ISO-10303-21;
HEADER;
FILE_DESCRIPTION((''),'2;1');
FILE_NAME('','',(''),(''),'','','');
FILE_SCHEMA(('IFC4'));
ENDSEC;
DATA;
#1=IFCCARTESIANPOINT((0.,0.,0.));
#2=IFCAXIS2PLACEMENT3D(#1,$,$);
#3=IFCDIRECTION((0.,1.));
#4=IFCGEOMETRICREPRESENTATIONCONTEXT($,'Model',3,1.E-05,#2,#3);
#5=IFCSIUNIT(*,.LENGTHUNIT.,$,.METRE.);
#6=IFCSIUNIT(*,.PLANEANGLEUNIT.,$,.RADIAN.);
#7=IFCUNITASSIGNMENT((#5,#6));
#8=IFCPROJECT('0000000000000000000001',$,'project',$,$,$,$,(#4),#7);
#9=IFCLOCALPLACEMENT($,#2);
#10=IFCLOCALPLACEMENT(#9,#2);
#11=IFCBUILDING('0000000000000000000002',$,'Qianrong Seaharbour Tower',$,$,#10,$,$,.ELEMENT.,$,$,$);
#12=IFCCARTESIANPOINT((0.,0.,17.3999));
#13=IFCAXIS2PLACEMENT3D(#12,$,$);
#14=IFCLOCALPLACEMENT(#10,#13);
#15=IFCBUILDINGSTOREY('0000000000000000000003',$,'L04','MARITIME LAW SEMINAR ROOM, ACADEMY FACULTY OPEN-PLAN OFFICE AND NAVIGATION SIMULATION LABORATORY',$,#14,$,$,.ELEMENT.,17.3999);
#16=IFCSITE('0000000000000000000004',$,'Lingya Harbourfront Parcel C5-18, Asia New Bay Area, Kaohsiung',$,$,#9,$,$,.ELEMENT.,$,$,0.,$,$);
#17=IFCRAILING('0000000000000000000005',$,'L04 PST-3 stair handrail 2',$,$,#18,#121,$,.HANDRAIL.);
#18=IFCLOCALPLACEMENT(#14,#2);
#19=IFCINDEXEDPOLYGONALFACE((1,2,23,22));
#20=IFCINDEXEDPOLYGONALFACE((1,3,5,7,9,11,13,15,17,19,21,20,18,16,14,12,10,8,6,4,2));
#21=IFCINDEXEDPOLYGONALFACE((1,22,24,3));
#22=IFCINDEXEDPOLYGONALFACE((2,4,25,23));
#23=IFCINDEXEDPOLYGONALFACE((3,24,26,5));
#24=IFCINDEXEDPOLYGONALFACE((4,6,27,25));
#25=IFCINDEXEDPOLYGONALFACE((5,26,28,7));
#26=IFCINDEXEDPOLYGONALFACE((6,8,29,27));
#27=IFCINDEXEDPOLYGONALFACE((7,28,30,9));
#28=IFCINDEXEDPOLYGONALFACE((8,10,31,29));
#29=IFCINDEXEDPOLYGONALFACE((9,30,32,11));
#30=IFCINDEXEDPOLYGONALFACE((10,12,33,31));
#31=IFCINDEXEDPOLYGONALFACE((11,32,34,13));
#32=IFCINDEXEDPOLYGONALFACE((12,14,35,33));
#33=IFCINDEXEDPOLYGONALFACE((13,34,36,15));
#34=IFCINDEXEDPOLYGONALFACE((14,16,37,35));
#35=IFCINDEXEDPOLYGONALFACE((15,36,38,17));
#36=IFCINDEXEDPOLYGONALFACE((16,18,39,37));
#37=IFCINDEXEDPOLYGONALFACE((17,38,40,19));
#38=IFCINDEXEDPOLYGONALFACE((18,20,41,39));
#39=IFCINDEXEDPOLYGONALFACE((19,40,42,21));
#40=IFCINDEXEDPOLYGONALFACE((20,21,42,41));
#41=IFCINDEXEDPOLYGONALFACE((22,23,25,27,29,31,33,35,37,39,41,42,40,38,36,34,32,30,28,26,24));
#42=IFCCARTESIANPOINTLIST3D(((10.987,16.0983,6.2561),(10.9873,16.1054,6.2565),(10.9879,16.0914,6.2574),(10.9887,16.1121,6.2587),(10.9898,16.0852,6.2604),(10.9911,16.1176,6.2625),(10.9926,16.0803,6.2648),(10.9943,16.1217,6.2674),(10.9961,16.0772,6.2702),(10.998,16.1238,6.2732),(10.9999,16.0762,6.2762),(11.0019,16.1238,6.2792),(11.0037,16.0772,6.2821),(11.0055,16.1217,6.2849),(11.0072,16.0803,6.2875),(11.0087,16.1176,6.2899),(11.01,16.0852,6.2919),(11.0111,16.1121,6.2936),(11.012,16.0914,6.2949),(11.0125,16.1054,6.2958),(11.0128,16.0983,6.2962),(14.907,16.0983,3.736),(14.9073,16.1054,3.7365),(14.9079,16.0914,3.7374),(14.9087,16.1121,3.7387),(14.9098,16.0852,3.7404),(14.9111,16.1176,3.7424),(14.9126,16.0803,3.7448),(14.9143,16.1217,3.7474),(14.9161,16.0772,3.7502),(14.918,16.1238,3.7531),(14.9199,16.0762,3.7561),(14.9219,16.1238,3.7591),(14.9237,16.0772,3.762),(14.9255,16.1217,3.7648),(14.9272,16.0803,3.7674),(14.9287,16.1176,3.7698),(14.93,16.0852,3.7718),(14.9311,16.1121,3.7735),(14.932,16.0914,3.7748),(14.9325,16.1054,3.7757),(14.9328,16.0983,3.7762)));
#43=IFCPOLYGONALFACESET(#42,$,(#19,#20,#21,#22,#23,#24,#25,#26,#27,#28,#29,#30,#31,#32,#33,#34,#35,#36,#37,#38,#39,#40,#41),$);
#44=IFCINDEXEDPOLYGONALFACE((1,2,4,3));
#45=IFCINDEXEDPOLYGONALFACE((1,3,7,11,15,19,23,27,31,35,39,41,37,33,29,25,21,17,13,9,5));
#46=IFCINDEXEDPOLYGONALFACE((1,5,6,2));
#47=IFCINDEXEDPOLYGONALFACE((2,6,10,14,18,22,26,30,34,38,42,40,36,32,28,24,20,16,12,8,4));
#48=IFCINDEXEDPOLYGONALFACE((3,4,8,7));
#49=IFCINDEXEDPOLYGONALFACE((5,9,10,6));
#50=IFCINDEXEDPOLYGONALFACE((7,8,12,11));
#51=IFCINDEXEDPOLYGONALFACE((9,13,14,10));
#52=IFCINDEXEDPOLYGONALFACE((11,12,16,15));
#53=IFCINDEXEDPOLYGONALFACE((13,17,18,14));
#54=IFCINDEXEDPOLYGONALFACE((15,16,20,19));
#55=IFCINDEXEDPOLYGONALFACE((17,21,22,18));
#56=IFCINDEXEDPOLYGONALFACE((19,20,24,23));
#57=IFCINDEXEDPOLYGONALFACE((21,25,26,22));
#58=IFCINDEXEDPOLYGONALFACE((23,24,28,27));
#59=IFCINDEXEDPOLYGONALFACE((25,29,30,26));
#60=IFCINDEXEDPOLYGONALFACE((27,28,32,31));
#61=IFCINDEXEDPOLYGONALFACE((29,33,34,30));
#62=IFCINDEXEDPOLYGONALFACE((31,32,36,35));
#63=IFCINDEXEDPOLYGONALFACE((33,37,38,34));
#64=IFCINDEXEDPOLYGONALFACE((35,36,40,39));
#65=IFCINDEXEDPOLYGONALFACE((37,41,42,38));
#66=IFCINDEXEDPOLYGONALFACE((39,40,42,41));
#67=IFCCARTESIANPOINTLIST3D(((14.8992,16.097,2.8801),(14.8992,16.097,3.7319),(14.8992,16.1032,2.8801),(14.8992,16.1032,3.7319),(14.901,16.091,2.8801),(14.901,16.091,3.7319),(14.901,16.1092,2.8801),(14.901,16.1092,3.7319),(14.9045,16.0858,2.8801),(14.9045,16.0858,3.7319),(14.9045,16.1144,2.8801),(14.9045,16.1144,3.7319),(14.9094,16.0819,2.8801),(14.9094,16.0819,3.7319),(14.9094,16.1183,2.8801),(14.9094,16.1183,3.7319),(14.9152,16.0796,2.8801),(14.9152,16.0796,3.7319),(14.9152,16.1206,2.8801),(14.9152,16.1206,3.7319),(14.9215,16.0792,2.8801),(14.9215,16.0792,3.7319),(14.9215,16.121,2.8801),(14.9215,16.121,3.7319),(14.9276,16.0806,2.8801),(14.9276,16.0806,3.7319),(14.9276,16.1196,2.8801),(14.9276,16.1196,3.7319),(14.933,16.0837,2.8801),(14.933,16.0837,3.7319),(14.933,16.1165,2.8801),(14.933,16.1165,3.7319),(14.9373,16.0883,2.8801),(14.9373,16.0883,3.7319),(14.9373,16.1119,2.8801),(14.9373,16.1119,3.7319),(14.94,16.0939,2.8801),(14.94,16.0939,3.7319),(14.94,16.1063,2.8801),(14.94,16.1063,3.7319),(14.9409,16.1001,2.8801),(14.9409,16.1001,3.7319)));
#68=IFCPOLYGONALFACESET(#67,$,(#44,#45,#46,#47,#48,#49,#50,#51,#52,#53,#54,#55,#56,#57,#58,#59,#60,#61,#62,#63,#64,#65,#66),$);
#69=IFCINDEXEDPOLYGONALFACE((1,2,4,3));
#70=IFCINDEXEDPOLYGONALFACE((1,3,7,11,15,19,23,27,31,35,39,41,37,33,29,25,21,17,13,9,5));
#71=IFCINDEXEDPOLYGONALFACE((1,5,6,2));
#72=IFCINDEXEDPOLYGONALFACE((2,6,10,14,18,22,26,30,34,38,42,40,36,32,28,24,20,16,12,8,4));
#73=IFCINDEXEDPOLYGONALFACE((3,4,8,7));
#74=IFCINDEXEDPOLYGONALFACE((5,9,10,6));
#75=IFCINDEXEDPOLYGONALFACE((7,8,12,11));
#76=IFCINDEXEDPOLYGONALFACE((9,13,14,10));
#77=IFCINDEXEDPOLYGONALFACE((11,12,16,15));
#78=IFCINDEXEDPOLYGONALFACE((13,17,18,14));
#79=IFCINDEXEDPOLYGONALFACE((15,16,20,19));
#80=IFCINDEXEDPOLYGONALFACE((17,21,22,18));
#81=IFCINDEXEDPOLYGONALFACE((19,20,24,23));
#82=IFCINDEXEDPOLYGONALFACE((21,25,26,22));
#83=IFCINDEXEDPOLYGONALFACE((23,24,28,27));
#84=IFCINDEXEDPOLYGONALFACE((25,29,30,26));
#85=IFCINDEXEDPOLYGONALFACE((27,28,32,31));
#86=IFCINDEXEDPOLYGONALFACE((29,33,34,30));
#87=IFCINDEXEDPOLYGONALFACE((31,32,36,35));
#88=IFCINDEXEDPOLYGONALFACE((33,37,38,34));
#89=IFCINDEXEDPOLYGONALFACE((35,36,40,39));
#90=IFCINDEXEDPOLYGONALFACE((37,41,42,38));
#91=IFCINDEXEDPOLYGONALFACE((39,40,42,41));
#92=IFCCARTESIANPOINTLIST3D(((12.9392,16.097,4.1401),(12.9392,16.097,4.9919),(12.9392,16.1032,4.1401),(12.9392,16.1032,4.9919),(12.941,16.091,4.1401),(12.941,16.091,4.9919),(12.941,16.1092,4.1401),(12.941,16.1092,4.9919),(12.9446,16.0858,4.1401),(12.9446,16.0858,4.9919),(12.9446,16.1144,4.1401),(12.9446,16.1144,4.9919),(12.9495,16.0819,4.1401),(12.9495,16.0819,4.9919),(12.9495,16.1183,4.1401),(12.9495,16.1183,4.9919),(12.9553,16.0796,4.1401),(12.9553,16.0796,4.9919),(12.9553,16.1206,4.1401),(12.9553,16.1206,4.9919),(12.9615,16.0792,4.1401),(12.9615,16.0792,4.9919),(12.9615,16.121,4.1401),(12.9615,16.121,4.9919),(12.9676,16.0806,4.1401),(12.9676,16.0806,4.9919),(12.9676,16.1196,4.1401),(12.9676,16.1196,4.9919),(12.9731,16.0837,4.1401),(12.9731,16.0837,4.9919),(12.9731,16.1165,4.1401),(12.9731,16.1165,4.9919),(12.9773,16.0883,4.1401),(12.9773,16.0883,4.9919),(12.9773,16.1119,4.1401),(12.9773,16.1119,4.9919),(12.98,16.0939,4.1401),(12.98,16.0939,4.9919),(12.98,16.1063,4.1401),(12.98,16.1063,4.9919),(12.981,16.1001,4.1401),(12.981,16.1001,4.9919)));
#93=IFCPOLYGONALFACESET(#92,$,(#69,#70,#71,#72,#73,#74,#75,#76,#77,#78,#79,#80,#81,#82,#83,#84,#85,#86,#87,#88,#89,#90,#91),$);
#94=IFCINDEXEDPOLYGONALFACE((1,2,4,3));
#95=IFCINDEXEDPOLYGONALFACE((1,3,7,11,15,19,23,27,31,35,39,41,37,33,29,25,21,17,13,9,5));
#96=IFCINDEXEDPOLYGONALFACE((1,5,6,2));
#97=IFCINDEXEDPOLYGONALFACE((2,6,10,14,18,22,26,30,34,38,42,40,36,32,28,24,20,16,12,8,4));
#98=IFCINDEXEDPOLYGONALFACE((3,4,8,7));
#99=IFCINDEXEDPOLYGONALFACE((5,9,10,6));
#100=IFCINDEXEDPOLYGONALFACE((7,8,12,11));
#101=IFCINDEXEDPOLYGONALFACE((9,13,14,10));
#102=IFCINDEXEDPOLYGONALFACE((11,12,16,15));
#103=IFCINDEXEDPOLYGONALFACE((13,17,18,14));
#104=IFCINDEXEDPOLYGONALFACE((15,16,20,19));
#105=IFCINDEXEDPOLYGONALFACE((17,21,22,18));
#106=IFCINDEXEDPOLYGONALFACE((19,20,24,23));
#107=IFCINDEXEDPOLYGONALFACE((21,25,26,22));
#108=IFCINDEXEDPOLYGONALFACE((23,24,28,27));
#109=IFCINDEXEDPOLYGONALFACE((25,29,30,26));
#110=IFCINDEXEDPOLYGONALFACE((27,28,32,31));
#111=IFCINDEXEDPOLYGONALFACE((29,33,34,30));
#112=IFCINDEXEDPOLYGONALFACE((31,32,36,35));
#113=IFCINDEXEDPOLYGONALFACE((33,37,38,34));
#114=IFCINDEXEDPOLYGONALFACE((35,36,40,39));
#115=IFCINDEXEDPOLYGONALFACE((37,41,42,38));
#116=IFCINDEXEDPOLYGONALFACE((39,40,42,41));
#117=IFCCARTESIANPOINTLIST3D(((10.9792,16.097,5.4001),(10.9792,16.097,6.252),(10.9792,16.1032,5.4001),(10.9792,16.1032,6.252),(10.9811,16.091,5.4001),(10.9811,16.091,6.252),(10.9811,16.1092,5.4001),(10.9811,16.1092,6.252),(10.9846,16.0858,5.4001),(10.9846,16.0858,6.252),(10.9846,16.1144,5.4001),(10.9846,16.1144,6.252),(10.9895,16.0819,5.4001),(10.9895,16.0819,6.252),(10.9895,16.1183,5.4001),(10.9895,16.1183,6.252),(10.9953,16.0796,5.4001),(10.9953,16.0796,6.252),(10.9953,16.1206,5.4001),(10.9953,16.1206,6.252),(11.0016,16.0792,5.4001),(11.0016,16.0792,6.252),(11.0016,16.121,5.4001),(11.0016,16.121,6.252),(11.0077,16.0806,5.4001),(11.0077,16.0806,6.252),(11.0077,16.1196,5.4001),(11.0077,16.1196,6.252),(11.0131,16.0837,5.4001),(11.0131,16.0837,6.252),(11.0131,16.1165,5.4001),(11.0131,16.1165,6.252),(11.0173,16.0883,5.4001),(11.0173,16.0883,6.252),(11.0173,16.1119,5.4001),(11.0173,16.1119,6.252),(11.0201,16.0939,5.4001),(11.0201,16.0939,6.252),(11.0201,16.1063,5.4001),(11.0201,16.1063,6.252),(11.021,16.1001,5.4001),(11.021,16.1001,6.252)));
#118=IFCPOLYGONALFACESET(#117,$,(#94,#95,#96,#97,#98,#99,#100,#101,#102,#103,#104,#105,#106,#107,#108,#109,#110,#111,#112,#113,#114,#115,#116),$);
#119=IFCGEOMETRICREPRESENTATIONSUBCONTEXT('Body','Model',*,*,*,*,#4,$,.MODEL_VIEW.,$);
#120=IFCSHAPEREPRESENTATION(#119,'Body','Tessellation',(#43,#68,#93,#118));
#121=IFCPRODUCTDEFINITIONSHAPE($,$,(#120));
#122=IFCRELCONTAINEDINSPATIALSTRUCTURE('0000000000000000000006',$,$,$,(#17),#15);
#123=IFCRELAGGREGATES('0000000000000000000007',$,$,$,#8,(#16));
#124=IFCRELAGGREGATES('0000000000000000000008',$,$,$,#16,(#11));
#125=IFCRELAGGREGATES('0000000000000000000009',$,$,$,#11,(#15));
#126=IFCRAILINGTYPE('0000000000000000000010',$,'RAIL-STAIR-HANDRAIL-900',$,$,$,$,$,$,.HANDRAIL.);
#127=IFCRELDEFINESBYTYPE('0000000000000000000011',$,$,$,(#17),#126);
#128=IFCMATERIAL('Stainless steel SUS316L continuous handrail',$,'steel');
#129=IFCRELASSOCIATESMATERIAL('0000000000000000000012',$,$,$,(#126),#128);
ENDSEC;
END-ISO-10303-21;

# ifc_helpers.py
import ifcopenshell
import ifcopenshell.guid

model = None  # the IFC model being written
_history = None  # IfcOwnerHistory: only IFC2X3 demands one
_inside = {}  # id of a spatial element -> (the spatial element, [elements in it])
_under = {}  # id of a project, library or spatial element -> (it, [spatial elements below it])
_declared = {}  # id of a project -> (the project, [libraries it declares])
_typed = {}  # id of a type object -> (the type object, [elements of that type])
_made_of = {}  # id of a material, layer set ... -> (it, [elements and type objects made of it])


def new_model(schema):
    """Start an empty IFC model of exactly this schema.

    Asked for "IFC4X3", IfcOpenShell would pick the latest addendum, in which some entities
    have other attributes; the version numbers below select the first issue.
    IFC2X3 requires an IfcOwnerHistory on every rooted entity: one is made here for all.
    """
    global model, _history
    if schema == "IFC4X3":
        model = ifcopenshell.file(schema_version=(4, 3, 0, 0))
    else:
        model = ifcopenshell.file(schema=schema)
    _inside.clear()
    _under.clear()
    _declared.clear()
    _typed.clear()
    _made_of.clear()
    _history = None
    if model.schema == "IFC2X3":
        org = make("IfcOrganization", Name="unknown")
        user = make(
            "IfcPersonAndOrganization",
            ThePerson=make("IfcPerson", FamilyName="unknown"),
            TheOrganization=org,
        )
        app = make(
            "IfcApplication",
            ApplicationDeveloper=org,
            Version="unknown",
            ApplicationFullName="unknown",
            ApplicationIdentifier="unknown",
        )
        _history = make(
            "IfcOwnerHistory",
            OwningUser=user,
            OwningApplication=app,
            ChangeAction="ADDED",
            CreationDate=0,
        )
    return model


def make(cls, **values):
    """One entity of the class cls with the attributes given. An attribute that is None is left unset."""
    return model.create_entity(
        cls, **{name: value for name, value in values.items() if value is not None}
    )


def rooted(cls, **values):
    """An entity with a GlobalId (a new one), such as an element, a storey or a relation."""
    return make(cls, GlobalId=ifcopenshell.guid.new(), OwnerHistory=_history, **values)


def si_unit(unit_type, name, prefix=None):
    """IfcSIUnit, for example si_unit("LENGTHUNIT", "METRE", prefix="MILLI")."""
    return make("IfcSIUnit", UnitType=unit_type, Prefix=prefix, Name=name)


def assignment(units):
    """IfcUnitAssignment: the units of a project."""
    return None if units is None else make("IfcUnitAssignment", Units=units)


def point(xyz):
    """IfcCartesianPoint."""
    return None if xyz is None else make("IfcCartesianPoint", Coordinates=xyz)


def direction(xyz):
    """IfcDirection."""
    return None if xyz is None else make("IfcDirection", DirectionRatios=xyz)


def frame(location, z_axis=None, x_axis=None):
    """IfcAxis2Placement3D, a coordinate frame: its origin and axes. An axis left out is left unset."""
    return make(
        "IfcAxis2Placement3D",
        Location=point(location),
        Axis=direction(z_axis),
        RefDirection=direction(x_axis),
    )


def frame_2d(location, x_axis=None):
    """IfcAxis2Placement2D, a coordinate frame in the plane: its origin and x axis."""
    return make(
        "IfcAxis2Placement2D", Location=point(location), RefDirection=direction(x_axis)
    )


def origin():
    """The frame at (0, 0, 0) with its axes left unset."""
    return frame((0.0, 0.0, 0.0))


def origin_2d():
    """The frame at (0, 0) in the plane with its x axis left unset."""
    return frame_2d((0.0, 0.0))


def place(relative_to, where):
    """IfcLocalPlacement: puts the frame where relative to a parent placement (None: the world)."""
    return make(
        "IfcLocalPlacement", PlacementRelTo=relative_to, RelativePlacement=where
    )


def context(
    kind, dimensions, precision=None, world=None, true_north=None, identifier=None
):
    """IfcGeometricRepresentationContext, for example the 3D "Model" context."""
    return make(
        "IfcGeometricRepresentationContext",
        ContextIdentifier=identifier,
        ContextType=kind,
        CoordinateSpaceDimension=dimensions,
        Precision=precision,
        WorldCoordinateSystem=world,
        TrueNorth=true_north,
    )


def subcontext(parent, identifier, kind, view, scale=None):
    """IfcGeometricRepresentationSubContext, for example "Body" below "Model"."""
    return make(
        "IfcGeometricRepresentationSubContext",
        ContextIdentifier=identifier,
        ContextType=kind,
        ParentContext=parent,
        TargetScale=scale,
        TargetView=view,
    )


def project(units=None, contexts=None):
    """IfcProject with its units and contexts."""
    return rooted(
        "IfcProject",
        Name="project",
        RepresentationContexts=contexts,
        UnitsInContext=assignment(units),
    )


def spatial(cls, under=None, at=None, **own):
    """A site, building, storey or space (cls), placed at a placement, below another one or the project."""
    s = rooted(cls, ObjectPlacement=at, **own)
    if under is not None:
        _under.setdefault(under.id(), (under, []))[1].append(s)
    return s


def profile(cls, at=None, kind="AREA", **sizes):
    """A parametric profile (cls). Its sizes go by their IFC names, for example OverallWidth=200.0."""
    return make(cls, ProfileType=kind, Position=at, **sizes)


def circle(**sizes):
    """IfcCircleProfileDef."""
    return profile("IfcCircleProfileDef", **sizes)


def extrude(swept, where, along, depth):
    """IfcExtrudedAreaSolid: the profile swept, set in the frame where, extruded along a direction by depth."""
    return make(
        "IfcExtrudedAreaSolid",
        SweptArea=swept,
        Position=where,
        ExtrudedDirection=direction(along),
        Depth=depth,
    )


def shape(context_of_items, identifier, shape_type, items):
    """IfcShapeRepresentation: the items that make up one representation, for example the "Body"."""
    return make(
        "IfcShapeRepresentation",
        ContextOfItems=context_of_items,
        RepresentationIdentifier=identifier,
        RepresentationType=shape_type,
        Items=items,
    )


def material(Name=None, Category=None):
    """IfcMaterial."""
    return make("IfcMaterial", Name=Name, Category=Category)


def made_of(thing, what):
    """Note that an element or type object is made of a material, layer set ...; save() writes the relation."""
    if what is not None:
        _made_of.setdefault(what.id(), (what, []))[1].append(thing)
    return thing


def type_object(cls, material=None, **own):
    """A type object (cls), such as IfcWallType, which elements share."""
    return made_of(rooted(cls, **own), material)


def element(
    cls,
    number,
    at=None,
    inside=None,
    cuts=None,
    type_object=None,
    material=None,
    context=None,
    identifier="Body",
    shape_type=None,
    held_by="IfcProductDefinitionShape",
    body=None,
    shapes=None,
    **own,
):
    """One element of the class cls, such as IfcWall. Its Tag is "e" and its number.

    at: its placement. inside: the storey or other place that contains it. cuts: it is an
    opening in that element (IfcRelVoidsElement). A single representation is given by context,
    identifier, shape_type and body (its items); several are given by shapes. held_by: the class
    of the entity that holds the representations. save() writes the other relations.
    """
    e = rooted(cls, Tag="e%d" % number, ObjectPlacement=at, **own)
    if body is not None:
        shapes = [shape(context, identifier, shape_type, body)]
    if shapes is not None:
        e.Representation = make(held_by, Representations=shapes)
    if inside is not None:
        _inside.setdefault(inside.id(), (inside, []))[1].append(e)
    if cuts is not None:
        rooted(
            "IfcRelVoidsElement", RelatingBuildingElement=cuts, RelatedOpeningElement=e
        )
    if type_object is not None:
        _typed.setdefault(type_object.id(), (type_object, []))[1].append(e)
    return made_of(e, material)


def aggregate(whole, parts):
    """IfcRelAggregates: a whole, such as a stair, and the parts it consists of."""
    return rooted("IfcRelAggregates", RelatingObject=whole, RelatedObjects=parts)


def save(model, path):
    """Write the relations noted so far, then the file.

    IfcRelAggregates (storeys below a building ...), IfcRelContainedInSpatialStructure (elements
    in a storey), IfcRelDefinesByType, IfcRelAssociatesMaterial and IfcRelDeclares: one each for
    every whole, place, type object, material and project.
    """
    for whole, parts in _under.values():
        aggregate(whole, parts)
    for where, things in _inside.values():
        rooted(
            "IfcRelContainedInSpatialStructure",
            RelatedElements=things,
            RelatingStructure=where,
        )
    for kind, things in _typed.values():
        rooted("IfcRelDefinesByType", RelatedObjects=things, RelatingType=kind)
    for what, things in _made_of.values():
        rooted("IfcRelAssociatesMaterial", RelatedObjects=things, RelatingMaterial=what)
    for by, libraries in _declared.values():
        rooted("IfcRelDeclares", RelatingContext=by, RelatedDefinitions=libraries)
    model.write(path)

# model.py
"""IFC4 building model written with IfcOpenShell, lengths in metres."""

from ifc_helpers import new_model, si_unit, direction, frame, origin, origin_2d, place, context, subcontext, project, spatial, circle, extrude, material, type_object, element, save


model = new_model("IFC4")

# Units and contexts
model_context = context("Model", 3, precision=1e-05, world=origin(), true_north=direction((0.0, 1.0)))
body_context = subcontext(model_context, "Body", "Model", "MODEL_VIEW")
ifc_project = project(units=[si_unit("LENGTHUNIT", "METRE"), si_unit("PLANEANGLEUNIT", "RADIAN")], contexts=[model_context])

# Site, building, storey
site_placement = place(None, origin())
site = spatial("IfcSite", under=ifc_project, at=site_placement, Name="Lingya Harbourfront Parcel C5-18, Asia New Bay Area, Kaohsiung", CompositionType="ELEMENT", RefElevation=0.0)
building_placement = place(site_placement, origin())
building = spatial("IfcBuilding", under=site, at=building_placement, Name="Qianrong Seaharbour Tower", CompositionType="ELEMENT")
storey_placement = place(building_placement, frame((0.0, 0.0, 17.3999)))
storey = spatial("IfcBuildingStorey", under=building, at=storey_placement, Name="L04", Description="MARITIME LAW SEMINAR ROOM, ACADEMY FACULTY OPEN-PLAN OFFICE AND NAVIGATION SIMULATION LABORATORY", CompositionType="ELEMENT", Elevation=17.3999)

# Railing
ifc_material_1 = material(Name="Stainless steel SUS316L continuous handrail", Category="steel")
railing_type_1 = type_object("IfcRailingType", Name="RAIL-STAIR-HANDRAIL-900", PredefinedType="HANDRAIL", material=ifc_material_1)
railing_1_placement = place(storey_placement, frame((14.9199, 16.1001, 2.8801)))
element("IfcRailing", 1, at=railing_1_placement, inside=storey, type_object=railing_type_1, Name="L04 PST-3 stair handrail 2", PredefinedType="HANDRAIL", context=body_context, shape_type="SweptSolid", body=[
    extrude(circle(Radius=0.0239, at=origin_2d()), frame((0.0, 0.0, 0.876), z_axis=(-0.841172, 0.0, 0.540768), x_axis=(0.0, -1.0, 0.0)), (0.0, 0.0, 1.0), 4.6602),
    extrude(circle(Radius=0.021, at=origin_2d()), origin(), (0.0, 0.0, 1.0), 0.8518),
    extrude(circle(Radius=0.021, at=origin_2d()), frame((-1.96, 0.0, 1.26)), (0.0, 0.0, 1.0), 0.8518),
    extrude(circle(Radius=0.021, at=origin_2d()), frame((-3.9199, 0.0, 2.52)), (0.0, 0.0, 1.0), 0.8518),
])

save(model, "model.ifc")
